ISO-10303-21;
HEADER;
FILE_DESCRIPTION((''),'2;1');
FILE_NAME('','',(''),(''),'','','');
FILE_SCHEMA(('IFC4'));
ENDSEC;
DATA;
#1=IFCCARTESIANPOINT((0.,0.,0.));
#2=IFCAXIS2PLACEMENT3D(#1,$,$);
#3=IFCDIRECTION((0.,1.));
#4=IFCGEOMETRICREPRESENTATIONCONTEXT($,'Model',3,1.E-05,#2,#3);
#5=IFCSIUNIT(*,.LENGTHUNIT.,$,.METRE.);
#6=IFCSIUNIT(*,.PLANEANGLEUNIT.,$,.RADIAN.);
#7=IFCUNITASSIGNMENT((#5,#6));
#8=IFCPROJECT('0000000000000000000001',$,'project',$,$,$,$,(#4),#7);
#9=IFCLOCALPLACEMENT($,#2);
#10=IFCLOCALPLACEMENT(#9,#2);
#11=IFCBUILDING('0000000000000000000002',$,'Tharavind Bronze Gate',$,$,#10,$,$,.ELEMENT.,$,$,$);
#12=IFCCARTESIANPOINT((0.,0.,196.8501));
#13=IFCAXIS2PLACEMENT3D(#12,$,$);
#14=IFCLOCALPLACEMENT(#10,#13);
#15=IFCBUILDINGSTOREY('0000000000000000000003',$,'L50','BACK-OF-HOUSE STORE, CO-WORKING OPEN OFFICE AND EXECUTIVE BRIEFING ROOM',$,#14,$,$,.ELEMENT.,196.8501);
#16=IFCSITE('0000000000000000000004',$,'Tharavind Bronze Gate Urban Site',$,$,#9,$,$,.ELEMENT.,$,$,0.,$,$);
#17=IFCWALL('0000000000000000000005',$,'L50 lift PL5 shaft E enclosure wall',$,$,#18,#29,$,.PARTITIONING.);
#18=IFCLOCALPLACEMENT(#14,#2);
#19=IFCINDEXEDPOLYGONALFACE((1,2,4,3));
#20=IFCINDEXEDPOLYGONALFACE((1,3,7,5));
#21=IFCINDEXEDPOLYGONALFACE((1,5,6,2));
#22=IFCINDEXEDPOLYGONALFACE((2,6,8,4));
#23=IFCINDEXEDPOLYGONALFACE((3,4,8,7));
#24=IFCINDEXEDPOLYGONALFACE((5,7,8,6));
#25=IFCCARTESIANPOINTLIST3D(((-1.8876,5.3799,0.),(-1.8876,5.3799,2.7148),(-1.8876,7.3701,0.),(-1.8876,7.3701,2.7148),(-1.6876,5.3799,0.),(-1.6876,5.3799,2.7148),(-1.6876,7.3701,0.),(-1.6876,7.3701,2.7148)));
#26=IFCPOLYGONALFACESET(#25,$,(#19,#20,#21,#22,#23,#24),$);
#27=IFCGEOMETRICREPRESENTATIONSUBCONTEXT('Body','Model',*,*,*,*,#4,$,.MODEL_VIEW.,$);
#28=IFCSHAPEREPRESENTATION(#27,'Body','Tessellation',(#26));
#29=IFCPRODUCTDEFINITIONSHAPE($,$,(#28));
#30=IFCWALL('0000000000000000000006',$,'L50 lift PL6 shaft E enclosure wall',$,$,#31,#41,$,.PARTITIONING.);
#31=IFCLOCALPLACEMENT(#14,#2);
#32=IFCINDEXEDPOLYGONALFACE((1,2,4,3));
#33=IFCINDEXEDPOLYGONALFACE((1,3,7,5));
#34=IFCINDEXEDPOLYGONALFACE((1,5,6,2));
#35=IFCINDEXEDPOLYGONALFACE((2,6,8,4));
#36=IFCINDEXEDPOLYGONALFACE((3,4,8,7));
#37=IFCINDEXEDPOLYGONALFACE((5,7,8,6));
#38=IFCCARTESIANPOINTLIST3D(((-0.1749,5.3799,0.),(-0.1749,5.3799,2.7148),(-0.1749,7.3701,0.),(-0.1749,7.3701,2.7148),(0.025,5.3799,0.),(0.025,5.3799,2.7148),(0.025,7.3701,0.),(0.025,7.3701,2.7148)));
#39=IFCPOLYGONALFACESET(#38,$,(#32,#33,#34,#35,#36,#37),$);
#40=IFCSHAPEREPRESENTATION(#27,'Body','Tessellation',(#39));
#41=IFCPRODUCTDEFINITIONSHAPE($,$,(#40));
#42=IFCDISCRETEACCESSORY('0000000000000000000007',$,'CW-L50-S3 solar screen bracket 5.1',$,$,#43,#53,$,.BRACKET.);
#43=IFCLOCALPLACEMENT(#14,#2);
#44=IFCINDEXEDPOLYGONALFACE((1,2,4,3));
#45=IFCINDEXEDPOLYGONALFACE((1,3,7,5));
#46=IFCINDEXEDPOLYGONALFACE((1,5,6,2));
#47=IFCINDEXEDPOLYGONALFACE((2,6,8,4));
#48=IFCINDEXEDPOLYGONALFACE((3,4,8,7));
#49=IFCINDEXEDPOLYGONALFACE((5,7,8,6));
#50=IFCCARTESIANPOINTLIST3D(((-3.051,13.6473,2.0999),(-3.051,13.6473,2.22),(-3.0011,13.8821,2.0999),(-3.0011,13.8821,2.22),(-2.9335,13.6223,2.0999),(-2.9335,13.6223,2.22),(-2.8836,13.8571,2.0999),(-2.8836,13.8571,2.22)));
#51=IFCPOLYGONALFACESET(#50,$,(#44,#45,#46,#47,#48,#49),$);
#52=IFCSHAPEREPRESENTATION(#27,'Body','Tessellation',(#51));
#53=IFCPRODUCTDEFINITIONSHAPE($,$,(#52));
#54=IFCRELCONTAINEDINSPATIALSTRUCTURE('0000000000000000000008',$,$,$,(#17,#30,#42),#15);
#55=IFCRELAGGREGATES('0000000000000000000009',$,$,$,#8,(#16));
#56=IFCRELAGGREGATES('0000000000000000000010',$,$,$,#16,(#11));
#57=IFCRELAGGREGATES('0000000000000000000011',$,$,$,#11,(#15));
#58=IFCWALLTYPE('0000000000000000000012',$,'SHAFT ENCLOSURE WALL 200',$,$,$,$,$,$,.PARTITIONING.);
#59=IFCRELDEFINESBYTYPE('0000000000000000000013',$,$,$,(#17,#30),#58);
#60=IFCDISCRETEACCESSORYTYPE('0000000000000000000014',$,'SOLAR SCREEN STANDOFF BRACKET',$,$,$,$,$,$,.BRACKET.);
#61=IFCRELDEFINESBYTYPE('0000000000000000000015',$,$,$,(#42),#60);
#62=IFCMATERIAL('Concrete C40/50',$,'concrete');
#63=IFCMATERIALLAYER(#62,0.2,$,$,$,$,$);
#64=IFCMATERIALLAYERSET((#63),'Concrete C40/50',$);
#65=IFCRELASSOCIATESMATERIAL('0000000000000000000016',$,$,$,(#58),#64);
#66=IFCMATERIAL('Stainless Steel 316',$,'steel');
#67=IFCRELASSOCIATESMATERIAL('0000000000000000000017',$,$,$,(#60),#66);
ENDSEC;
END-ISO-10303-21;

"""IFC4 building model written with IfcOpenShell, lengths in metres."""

from ifc_helpers import new_model, si_unit, direction, frame, frame_2d, origin, origin_2d, place, context, subcontext, project, spatial, rectangle, extrude, material, layer, layer_set, type_object, element, save


model = new_model("IFC4")

# Units and contexts
model_context = context("Model", 3, precision=1e-05, world=origin(), true_north=direction((0.0, 1.0)))
body_context = subcontext(model_context, "Body", "Model", "MODEL_VIEW")
ifc_project = project(units=[si_unit("LENGTHUNIT", "METRE"), si_unit("PLANEANGLEUNIT", "RADIAN")], contexts=[model_context])

# Site, building, storey
site_placement = place(None, origin())
site = spatial("IfcSite", under=ifc_project, at=site_placement, Name="Tharavind Bronze Gate Urban Site", CompositionType="ELEMENT", RefElevation=0.0)
building_placement = place(site_placement, origin())
building = spatial("IfcBuilding", under=site, at=building_placement, Name="Tharavind Bronze Gate", CompositionType="ELEMENT")
storey_placement = place(building_placement, frame((0.0, 0.0, 196.8501)))
storey = spatial("IfcBuildingStorey", under=building, at=storey_placement, Name="L50", Description="BACK-OF-HOUSE STORE, CO-WORKING OPEN OFFICE AND EXECUTIVE BRIEFING ROOM", CompositionType="ELEMENT", Elevation=196.8501)

# Walls
ifc_material_1 = material(Name="Concrete C40/50", Category="concrete")
ifc_layer_1 = layer(ifc_material_1, 0.2)
ifc_layer_set_1 = layer_set([ifc_layer_1], Name="Concrete C40/50")
wall_type_1 = type_object("IfcWallType", Name="SHAFT ENCLOSURE WALL 200", PredefinedType="PARTITIONING", material=ifc_layer_set_1)
for number, where, z_axis, x_axis, name in (
    (1, (-1.7876, 5.3799, 0.0), (0.0, 0.0, 1.0), (0.0, 1.0, 0.0), "L50 lift PL5 shaft E enclosure wall"),
    (2, (-0.075, 5.3799, 0.0), (0.0, 0.0, 1.0), (0.0, 1.0, 0.0), "L50 lift PL6 shaft E enclosure wall"),
):
    element("IfcWall", number, at=place(storey_placement, frame(where, z_axis=z_axis, x_axis=x_axis)), inside=storey, type_object=wall_type_1, Name=name, PredefinedType="PARTITIONING", context=body_context, shape_type="SweptSolid", body=[
        extrude(rectangle(XDim=1.9902, YDim=0.2, at=frame_2d((0.9951, 0.0))), origin(), (0.0, 0.0, 1.0), 2.7148),
    ])

# Discrete accessory
ifc_material_2 = material(Name="Stainless Steel 316", Category="steel")
discrete_accessory_type = type_object("IfcDiscreteAccessoryType", Name="SOLAR SCREEN STANDOFF BRACKET", PredefinedType="BRACKET", material=ifc_material_2)
discrete_accessory_placement = place(storey_placement, frame((-2.9673, 13.7522, 2.0999), z_axis=(0.0, 0.0, 1.0), x_axis=(-0.978148, 0.207912, 0.0)))
element("IfcDiscreteAccessory", 3, at=discrete_accessory_placement, inside=storey, type_object=discrete_accessory_type, Name="CW-L50-S3 solar screen bracket 5.1", PredefinedType="BRACKET", context=body_context, shape_type="SweptSolid", body=[
    extrude(rectangle(XDim=0.1201, YDim=0.24, at=origin_2d()), origin(), (0.0, 0.0, 1.0), 0.1201),
])

save(model, "model.ifc")
